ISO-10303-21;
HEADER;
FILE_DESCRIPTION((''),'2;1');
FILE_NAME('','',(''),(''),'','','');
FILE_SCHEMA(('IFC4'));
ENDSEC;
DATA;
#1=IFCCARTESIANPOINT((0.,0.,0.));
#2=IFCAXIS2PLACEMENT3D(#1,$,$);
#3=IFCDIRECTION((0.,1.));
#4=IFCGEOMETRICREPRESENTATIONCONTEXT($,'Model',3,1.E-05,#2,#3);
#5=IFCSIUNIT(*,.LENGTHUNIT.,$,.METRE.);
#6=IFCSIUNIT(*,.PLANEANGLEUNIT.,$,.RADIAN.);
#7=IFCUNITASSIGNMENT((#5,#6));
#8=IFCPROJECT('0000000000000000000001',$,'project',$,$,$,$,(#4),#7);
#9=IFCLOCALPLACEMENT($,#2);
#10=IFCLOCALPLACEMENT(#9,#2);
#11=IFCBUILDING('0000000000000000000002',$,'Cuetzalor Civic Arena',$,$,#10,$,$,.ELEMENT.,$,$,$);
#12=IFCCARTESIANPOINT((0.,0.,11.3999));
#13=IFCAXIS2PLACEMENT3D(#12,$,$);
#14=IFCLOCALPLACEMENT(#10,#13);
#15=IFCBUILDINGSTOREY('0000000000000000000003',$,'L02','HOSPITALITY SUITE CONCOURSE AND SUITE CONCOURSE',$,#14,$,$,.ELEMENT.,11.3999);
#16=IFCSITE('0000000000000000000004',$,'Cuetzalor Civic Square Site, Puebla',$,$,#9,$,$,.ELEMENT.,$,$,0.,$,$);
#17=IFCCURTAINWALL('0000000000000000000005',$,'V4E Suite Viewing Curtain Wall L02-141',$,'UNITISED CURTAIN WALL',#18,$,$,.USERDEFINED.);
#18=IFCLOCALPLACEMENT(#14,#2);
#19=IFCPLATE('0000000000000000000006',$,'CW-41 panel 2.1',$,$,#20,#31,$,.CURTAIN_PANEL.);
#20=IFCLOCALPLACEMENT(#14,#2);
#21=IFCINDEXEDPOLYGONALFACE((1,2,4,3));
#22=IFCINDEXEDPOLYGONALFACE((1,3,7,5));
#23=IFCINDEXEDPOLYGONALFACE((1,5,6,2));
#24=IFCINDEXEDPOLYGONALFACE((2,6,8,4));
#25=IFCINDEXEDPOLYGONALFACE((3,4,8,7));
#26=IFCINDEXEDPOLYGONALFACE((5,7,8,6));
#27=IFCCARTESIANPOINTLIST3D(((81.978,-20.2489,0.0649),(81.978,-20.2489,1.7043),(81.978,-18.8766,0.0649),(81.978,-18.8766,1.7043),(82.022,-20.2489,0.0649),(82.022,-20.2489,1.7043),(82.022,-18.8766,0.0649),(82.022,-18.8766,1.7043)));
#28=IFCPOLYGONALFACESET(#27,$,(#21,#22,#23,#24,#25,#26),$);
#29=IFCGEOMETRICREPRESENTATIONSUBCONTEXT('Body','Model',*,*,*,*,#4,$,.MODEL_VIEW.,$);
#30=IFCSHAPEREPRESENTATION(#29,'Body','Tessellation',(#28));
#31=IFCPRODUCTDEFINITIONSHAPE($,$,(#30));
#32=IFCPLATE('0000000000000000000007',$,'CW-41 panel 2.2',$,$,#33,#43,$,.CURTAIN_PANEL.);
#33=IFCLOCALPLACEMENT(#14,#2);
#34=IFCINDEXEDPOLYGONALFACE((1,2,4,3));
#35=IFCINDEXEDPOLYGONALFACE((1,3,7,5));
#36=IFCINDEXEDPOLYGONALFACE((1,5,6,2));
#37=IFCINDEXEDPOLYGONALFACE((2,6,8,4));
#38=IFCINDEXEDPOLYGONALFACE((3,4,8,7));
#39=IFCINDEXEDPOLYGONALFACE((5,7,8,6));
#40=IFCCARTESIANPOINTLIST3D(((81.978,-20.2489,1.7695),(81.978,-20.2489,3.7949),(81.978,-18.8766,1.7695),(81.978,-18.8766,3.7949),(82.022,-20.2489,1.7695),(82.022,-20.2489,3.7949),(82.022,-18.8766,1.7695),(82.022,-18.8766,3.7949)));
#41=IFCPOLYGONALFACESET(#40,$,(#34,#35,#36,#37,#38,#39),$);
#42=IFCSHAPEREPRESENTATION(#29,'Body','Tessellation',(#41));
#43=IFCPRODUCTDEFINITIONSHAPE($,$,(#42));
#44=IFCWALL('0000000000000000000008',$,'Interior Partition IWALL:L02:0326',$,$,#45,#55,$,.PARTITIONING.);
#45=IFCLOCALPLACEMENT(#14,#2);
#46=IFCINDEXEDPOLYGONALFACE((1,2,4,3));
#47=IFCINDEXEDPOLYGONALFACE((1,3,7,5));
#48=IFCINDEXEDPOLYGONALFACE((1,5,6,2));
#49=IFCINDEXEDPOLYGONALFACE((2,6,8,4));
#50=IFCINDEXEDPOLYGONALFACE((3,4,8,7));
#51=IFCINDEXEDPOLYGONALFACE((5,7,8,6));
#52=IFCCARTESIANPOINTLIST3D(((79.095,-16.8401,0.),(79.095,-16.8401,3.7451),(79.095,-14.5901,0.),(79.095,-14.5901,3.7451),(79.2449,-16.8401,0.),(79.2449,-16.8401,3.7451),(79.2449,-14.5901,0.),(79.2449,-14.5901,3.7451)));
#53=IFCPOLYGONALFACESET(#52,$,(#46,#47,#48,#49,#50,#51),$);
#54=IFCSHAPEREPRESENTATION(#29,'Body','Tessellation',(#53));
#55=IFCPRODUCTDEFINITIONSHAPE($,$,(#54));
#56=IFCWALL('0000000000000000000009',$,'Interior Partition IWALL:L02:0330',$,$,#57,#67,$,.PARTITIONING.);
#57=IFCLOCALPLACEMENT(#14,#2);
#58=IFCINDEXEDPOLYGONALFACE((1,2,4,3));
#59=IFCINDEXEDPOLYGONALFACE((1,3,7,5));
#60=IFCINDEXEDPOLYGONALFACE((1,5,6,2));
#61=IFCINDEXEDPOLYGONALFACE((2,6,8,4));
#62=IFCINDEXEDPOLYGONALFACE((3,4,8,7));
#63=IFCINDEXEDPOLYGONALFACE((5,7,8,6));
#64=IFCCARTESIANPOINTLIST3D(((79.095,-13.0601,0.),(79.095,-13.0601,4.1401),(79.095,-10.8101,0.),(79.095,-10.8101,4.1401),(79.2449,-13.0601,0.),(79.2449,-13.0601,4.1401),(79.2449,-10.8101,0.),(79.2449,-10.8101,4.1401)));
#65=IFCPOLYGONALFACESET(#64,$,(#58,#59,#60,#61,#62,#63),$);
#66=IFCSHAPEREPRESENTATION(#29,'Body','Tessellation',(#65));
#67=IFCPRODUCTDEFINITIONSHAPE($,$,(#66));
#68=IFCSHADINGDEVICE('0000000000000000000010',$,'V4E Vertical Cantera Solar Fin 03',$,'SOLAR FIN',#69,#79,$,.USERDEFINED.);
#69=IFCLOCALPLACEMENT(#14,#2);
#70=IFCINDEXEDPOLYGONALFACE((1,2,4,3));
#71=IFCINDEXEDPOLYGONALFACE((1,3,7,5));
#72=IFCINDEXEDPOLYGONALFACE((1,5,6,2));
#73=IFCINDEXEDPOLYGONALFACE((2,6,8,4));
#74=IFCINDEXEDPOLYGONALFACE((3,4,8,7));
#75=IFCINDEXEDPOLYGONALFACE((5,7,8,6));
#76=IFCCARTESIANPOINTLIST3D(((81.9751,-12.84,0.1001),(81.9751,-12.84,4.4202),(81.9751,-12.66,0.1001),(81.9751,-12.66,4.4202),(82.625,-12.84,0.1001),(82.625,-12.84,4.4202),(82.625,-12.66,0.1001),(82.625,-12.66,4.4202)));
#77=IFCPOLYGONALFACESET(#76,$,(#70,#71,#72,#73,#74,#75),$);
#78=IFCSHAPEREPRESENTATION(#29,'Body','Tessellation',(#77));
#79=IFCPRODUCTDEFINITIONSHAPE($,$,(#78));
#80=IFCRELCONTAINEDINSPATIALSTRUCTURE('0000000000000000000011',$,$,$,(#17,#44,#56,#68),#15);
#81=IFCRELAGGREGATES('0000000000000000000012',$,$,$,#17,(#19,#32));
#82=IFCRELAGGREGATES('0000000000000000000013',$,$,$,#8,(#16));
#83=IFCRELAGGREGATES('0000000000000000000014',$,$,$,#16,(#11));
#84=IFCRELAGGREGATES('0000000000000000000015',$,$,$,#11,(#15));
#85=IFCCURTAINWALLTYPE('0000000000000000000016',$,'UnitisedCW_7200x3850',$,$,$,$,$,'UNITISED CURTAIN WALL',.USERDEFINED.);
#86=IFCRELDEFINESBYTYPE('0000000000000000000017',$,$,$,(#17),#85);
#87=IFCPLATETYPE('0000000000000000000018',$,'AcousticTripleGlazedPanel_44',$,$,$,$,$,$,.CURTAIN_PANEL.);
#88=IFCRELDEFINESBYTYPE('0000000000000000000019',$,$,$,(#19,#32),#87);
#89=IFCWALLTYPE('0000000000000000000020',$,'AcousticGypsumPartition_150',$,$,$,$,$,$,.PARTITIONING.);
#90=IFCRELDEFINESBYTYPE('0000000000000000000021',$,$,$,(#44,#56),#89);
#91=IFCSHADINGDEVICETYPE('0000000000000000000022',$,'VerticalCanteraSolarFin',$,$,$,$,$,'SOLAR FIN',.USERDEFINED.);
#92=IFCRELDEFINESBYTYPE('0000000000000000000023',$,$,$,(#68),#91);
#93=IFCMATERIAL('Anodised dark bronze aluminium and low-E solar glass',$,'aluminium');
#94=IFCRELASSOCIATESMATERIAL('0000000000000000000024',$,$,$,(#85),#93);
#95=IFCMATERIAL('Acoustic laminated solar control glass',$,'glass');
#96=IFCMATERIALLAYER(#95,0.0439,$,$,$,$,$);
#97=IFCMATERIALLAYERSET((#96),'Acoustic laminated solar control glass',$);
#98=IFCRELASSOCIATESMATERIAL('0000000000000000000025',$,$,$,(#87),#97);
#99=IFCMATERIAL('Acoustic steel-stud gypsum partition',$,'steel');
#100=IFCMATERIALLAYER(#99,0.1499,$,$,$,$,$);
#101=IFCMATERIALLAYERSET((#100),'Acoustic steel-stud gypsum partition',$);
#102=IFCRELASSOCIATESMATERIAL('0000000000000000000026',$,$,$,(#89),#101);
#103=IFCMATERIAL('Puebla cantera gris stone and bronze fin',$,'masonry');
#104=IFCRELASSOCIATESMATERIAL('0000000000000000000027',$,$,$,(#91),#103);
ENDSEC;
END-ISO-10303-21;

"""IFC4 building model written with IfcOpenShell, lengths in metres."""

from ifc_helpers import new_model, si_unit, direction, frame, frame_2d, origin, origin_2d, place, context, subcontext, project, spatial, rectangle, extrude, material, layer, layer_set, type_object, element, aggregate, save


model = new_model("IFC4")

# Units and contexts
model_context = context("Model", 3, precision=1e-05, world=origin(), true_north=direction((0.0, 1.0)))
body_context = subcontext(model_context, "Body", "Model", "MODEL_VIEW")
ifc_project = project(units=[si_unit("LENGTHUNIT", "METRE"), si_unit("PLANEANGLEUNIT", "RADIAN")], contexts=[model_context])

# Site, building, storey
site_placement = place(None, origin())
site = spatial("IfcSite", under=ifc_project, at=site_placement, Name="Cuetzalor Civic Square Site, Puebla", CompositionType="ELEMENT", RefElevation=0.0)
building_placement = place(site_placement, origin())
building = spatial("IfcBuilding", under=site, at=building_placement, Name="Cuetzalor Civic Arena", CompositionType="ELEMENT")
storey_placement = place(building_placement, frame((0.0, 0.0, 11.3999)))
storey = spatial("IfcBuildingStorey", under=building, at=storey_placement, Name="L02", Description="HOSPITALITY SUITE CONCOURSE AND SUITE CONCOURSE", CompositionType="ELEMENT", Elevation=11.3999)

# Curtain wall, plates
ifc_material_1 = material(Name="Anodised dark bronze aluminium and low-E solar glass", Category="aluminium")
curtain_wall_type = type_object("IfcCurtainWallType", Name="UnitisedCW_7200x3850", ElementType="UNITISED CURTAIN WALL", PredefinedType="USERDEFINED", material=ifc_material_1)
curtain_wall_placement = place(storey_placement, origin())
curtain_wall = element("IfcCurtainWall", 1, at=curtain_wall_placement, inside=storey, type_object=curtain_wall_type, Name="V4E Suite Viewing Curtain Wall L02-141", ObjectType="UNITISED CURTAIN WALL", PredefinedType="USERDEFINED")
ifc_material_2 = material(Name="Acoustic laminated solar control glass", Category="glass")
ifc_layer_1 = layer(ifc_material_2, 0.0439)
ifc_layer_set_1 = layer_set([ifc_layer_1], Name="Acoustic laminated solar control glass")
plate_type = type_object("IfcPlateType", Name="AcousticTripleGlazedPanel_44", PredefinedType="CURTAIN_PANEL", material=ifc_layer_set_1)
plate_1_placement = place(storey_placement, frame((82.0, -19.5627, 0.0649), z_axis=(0.0, 0.0, 1.0), x_axis=(0.0, -1.0, 0.0)))
plate_1 = element("IfcPlate", 2, at=plate_1_placement, type_object=plate_type, Name="CW-41 panel 2.1", PredefinedType="CURTAIN_PANEL", context=body_context, shape_type="SweptSolid", body=[
    extrude(rectangle(XDim=1.3723, YDim=0.0439, at=origin_2d()), origin(), (0.0, 0.0, 1.0), 1.6394),
])
plate_2_placement = place(storey_placement, frame((82.0, -19.5627, 1.7695), z_axis=(0.0, 0.0, 1.0), x_axis=(0.0, -1.0, 0.0)))
plate_2 = element("IfcPlate", 3, at=plate_2_placement, type_object=plate_type, Name="CW-41 panel 2.2", PredefinedType="CURTAIN_PANEL", context=body_context, shape_type="SweptSolid", body=[
    extrude(rectangle(XDim=1.3723, YDim=0.0439, at=origin_2d()), origin(), (0.0, 0.0, 1.0), 2.0254),
])
aggregate(curtain_wall, [plate_1, plate_2])

# Shared definitions
ifc_material_3 = material(Name="Acoustic steel-stud gypsum partition", Category="steel")
ifc_layer_2 = layer(ifc_material_3, 0.1499)
ifc_layer_set_2 = layer_set([ifc_layer_2], Name="Acoustic steel-stud gypsum partition")
wall_type = type_object("IfcWallType", Name="AcousticGypsumPartition_150", PredefinedType="PARTITIONING", material=ifc_layer_set_2)

# Wall
wall_1_placement = place(storey_placement, frame((79.1699, -16.8401, 0.0), z_axis=(0.0, 0.0, 1.0), x_axis=(0.0, 1.0, 0.0)))
element("IfcWall", 4, at=wall_1_placement, inside=storey, type_object=wall_type, Name="Interior Partition IWALL:L02:0326", PredefinedType="PARTITIONING", context=body_context, shape_type="SweptSolid", body=[
    extrude(rectangle(XDim=2.25, YDim=0.1499, at=frame_2d((1.125, 0.0))), origin(), (0.0, 0.0, 1.0), 3.7451),
])

# Wall
wall_2_placement = place(storey_placement, frame((79.1699, -13.0601, 0.0), z_axis=(0.0, 0.0, 1.0), x_axis=(0.0, 1.0, 0.0)))
element("IfcWall", 5, at=wall_2_placement, inside=storey, type_object=wall_type, Name="Interior Partition IWALL:L02:0330", PredefinedType="PARTITIONING", context=body_context, shape_type="SweptSolid", body=[
    extrude(rectangle(XDim=2.25, YDim=0.1499, at=frame_2d((1.125, 0.0))), origin(), (0.0, 0.0, 1.0), 4.1401),
])

# Shading device
ifc_material_4 = material(Name="Puebla cantera gris stone and bronze fin", Category="masonry")
shading_device_type = type_object("IfcShadingDeviceType", Name="VerticalCanteraSolarFin", ElementType="SOLAR FIN", PredefinedType="USERDEFINED", material=ifc_material_4)
shading_device_placement = place(storey_placement, frame((82.3, -12.75, 0.1001), z_axis=(0.0, 0.0, 1.0), x_axis=(1.0, 0.0, 0.0)))
element("IfcShadingDevice", 6, at=shading_device_placement, inside=storey, type_object=shading_device_type, Name="V4E Vertical Cantera Solar Fin 03", ObjectType="SOLAR FIN", PredefinedType="USERDEFINED", context=body_context, shape_type="SweptSolid", body=[
    extrude(rectangle(XDim=0.6499, YDim=0.1799, at=origin_2d()), origin(), (0.0, 0.0, 1.0), 4.3201),
])

save(model, "model.ifc")
